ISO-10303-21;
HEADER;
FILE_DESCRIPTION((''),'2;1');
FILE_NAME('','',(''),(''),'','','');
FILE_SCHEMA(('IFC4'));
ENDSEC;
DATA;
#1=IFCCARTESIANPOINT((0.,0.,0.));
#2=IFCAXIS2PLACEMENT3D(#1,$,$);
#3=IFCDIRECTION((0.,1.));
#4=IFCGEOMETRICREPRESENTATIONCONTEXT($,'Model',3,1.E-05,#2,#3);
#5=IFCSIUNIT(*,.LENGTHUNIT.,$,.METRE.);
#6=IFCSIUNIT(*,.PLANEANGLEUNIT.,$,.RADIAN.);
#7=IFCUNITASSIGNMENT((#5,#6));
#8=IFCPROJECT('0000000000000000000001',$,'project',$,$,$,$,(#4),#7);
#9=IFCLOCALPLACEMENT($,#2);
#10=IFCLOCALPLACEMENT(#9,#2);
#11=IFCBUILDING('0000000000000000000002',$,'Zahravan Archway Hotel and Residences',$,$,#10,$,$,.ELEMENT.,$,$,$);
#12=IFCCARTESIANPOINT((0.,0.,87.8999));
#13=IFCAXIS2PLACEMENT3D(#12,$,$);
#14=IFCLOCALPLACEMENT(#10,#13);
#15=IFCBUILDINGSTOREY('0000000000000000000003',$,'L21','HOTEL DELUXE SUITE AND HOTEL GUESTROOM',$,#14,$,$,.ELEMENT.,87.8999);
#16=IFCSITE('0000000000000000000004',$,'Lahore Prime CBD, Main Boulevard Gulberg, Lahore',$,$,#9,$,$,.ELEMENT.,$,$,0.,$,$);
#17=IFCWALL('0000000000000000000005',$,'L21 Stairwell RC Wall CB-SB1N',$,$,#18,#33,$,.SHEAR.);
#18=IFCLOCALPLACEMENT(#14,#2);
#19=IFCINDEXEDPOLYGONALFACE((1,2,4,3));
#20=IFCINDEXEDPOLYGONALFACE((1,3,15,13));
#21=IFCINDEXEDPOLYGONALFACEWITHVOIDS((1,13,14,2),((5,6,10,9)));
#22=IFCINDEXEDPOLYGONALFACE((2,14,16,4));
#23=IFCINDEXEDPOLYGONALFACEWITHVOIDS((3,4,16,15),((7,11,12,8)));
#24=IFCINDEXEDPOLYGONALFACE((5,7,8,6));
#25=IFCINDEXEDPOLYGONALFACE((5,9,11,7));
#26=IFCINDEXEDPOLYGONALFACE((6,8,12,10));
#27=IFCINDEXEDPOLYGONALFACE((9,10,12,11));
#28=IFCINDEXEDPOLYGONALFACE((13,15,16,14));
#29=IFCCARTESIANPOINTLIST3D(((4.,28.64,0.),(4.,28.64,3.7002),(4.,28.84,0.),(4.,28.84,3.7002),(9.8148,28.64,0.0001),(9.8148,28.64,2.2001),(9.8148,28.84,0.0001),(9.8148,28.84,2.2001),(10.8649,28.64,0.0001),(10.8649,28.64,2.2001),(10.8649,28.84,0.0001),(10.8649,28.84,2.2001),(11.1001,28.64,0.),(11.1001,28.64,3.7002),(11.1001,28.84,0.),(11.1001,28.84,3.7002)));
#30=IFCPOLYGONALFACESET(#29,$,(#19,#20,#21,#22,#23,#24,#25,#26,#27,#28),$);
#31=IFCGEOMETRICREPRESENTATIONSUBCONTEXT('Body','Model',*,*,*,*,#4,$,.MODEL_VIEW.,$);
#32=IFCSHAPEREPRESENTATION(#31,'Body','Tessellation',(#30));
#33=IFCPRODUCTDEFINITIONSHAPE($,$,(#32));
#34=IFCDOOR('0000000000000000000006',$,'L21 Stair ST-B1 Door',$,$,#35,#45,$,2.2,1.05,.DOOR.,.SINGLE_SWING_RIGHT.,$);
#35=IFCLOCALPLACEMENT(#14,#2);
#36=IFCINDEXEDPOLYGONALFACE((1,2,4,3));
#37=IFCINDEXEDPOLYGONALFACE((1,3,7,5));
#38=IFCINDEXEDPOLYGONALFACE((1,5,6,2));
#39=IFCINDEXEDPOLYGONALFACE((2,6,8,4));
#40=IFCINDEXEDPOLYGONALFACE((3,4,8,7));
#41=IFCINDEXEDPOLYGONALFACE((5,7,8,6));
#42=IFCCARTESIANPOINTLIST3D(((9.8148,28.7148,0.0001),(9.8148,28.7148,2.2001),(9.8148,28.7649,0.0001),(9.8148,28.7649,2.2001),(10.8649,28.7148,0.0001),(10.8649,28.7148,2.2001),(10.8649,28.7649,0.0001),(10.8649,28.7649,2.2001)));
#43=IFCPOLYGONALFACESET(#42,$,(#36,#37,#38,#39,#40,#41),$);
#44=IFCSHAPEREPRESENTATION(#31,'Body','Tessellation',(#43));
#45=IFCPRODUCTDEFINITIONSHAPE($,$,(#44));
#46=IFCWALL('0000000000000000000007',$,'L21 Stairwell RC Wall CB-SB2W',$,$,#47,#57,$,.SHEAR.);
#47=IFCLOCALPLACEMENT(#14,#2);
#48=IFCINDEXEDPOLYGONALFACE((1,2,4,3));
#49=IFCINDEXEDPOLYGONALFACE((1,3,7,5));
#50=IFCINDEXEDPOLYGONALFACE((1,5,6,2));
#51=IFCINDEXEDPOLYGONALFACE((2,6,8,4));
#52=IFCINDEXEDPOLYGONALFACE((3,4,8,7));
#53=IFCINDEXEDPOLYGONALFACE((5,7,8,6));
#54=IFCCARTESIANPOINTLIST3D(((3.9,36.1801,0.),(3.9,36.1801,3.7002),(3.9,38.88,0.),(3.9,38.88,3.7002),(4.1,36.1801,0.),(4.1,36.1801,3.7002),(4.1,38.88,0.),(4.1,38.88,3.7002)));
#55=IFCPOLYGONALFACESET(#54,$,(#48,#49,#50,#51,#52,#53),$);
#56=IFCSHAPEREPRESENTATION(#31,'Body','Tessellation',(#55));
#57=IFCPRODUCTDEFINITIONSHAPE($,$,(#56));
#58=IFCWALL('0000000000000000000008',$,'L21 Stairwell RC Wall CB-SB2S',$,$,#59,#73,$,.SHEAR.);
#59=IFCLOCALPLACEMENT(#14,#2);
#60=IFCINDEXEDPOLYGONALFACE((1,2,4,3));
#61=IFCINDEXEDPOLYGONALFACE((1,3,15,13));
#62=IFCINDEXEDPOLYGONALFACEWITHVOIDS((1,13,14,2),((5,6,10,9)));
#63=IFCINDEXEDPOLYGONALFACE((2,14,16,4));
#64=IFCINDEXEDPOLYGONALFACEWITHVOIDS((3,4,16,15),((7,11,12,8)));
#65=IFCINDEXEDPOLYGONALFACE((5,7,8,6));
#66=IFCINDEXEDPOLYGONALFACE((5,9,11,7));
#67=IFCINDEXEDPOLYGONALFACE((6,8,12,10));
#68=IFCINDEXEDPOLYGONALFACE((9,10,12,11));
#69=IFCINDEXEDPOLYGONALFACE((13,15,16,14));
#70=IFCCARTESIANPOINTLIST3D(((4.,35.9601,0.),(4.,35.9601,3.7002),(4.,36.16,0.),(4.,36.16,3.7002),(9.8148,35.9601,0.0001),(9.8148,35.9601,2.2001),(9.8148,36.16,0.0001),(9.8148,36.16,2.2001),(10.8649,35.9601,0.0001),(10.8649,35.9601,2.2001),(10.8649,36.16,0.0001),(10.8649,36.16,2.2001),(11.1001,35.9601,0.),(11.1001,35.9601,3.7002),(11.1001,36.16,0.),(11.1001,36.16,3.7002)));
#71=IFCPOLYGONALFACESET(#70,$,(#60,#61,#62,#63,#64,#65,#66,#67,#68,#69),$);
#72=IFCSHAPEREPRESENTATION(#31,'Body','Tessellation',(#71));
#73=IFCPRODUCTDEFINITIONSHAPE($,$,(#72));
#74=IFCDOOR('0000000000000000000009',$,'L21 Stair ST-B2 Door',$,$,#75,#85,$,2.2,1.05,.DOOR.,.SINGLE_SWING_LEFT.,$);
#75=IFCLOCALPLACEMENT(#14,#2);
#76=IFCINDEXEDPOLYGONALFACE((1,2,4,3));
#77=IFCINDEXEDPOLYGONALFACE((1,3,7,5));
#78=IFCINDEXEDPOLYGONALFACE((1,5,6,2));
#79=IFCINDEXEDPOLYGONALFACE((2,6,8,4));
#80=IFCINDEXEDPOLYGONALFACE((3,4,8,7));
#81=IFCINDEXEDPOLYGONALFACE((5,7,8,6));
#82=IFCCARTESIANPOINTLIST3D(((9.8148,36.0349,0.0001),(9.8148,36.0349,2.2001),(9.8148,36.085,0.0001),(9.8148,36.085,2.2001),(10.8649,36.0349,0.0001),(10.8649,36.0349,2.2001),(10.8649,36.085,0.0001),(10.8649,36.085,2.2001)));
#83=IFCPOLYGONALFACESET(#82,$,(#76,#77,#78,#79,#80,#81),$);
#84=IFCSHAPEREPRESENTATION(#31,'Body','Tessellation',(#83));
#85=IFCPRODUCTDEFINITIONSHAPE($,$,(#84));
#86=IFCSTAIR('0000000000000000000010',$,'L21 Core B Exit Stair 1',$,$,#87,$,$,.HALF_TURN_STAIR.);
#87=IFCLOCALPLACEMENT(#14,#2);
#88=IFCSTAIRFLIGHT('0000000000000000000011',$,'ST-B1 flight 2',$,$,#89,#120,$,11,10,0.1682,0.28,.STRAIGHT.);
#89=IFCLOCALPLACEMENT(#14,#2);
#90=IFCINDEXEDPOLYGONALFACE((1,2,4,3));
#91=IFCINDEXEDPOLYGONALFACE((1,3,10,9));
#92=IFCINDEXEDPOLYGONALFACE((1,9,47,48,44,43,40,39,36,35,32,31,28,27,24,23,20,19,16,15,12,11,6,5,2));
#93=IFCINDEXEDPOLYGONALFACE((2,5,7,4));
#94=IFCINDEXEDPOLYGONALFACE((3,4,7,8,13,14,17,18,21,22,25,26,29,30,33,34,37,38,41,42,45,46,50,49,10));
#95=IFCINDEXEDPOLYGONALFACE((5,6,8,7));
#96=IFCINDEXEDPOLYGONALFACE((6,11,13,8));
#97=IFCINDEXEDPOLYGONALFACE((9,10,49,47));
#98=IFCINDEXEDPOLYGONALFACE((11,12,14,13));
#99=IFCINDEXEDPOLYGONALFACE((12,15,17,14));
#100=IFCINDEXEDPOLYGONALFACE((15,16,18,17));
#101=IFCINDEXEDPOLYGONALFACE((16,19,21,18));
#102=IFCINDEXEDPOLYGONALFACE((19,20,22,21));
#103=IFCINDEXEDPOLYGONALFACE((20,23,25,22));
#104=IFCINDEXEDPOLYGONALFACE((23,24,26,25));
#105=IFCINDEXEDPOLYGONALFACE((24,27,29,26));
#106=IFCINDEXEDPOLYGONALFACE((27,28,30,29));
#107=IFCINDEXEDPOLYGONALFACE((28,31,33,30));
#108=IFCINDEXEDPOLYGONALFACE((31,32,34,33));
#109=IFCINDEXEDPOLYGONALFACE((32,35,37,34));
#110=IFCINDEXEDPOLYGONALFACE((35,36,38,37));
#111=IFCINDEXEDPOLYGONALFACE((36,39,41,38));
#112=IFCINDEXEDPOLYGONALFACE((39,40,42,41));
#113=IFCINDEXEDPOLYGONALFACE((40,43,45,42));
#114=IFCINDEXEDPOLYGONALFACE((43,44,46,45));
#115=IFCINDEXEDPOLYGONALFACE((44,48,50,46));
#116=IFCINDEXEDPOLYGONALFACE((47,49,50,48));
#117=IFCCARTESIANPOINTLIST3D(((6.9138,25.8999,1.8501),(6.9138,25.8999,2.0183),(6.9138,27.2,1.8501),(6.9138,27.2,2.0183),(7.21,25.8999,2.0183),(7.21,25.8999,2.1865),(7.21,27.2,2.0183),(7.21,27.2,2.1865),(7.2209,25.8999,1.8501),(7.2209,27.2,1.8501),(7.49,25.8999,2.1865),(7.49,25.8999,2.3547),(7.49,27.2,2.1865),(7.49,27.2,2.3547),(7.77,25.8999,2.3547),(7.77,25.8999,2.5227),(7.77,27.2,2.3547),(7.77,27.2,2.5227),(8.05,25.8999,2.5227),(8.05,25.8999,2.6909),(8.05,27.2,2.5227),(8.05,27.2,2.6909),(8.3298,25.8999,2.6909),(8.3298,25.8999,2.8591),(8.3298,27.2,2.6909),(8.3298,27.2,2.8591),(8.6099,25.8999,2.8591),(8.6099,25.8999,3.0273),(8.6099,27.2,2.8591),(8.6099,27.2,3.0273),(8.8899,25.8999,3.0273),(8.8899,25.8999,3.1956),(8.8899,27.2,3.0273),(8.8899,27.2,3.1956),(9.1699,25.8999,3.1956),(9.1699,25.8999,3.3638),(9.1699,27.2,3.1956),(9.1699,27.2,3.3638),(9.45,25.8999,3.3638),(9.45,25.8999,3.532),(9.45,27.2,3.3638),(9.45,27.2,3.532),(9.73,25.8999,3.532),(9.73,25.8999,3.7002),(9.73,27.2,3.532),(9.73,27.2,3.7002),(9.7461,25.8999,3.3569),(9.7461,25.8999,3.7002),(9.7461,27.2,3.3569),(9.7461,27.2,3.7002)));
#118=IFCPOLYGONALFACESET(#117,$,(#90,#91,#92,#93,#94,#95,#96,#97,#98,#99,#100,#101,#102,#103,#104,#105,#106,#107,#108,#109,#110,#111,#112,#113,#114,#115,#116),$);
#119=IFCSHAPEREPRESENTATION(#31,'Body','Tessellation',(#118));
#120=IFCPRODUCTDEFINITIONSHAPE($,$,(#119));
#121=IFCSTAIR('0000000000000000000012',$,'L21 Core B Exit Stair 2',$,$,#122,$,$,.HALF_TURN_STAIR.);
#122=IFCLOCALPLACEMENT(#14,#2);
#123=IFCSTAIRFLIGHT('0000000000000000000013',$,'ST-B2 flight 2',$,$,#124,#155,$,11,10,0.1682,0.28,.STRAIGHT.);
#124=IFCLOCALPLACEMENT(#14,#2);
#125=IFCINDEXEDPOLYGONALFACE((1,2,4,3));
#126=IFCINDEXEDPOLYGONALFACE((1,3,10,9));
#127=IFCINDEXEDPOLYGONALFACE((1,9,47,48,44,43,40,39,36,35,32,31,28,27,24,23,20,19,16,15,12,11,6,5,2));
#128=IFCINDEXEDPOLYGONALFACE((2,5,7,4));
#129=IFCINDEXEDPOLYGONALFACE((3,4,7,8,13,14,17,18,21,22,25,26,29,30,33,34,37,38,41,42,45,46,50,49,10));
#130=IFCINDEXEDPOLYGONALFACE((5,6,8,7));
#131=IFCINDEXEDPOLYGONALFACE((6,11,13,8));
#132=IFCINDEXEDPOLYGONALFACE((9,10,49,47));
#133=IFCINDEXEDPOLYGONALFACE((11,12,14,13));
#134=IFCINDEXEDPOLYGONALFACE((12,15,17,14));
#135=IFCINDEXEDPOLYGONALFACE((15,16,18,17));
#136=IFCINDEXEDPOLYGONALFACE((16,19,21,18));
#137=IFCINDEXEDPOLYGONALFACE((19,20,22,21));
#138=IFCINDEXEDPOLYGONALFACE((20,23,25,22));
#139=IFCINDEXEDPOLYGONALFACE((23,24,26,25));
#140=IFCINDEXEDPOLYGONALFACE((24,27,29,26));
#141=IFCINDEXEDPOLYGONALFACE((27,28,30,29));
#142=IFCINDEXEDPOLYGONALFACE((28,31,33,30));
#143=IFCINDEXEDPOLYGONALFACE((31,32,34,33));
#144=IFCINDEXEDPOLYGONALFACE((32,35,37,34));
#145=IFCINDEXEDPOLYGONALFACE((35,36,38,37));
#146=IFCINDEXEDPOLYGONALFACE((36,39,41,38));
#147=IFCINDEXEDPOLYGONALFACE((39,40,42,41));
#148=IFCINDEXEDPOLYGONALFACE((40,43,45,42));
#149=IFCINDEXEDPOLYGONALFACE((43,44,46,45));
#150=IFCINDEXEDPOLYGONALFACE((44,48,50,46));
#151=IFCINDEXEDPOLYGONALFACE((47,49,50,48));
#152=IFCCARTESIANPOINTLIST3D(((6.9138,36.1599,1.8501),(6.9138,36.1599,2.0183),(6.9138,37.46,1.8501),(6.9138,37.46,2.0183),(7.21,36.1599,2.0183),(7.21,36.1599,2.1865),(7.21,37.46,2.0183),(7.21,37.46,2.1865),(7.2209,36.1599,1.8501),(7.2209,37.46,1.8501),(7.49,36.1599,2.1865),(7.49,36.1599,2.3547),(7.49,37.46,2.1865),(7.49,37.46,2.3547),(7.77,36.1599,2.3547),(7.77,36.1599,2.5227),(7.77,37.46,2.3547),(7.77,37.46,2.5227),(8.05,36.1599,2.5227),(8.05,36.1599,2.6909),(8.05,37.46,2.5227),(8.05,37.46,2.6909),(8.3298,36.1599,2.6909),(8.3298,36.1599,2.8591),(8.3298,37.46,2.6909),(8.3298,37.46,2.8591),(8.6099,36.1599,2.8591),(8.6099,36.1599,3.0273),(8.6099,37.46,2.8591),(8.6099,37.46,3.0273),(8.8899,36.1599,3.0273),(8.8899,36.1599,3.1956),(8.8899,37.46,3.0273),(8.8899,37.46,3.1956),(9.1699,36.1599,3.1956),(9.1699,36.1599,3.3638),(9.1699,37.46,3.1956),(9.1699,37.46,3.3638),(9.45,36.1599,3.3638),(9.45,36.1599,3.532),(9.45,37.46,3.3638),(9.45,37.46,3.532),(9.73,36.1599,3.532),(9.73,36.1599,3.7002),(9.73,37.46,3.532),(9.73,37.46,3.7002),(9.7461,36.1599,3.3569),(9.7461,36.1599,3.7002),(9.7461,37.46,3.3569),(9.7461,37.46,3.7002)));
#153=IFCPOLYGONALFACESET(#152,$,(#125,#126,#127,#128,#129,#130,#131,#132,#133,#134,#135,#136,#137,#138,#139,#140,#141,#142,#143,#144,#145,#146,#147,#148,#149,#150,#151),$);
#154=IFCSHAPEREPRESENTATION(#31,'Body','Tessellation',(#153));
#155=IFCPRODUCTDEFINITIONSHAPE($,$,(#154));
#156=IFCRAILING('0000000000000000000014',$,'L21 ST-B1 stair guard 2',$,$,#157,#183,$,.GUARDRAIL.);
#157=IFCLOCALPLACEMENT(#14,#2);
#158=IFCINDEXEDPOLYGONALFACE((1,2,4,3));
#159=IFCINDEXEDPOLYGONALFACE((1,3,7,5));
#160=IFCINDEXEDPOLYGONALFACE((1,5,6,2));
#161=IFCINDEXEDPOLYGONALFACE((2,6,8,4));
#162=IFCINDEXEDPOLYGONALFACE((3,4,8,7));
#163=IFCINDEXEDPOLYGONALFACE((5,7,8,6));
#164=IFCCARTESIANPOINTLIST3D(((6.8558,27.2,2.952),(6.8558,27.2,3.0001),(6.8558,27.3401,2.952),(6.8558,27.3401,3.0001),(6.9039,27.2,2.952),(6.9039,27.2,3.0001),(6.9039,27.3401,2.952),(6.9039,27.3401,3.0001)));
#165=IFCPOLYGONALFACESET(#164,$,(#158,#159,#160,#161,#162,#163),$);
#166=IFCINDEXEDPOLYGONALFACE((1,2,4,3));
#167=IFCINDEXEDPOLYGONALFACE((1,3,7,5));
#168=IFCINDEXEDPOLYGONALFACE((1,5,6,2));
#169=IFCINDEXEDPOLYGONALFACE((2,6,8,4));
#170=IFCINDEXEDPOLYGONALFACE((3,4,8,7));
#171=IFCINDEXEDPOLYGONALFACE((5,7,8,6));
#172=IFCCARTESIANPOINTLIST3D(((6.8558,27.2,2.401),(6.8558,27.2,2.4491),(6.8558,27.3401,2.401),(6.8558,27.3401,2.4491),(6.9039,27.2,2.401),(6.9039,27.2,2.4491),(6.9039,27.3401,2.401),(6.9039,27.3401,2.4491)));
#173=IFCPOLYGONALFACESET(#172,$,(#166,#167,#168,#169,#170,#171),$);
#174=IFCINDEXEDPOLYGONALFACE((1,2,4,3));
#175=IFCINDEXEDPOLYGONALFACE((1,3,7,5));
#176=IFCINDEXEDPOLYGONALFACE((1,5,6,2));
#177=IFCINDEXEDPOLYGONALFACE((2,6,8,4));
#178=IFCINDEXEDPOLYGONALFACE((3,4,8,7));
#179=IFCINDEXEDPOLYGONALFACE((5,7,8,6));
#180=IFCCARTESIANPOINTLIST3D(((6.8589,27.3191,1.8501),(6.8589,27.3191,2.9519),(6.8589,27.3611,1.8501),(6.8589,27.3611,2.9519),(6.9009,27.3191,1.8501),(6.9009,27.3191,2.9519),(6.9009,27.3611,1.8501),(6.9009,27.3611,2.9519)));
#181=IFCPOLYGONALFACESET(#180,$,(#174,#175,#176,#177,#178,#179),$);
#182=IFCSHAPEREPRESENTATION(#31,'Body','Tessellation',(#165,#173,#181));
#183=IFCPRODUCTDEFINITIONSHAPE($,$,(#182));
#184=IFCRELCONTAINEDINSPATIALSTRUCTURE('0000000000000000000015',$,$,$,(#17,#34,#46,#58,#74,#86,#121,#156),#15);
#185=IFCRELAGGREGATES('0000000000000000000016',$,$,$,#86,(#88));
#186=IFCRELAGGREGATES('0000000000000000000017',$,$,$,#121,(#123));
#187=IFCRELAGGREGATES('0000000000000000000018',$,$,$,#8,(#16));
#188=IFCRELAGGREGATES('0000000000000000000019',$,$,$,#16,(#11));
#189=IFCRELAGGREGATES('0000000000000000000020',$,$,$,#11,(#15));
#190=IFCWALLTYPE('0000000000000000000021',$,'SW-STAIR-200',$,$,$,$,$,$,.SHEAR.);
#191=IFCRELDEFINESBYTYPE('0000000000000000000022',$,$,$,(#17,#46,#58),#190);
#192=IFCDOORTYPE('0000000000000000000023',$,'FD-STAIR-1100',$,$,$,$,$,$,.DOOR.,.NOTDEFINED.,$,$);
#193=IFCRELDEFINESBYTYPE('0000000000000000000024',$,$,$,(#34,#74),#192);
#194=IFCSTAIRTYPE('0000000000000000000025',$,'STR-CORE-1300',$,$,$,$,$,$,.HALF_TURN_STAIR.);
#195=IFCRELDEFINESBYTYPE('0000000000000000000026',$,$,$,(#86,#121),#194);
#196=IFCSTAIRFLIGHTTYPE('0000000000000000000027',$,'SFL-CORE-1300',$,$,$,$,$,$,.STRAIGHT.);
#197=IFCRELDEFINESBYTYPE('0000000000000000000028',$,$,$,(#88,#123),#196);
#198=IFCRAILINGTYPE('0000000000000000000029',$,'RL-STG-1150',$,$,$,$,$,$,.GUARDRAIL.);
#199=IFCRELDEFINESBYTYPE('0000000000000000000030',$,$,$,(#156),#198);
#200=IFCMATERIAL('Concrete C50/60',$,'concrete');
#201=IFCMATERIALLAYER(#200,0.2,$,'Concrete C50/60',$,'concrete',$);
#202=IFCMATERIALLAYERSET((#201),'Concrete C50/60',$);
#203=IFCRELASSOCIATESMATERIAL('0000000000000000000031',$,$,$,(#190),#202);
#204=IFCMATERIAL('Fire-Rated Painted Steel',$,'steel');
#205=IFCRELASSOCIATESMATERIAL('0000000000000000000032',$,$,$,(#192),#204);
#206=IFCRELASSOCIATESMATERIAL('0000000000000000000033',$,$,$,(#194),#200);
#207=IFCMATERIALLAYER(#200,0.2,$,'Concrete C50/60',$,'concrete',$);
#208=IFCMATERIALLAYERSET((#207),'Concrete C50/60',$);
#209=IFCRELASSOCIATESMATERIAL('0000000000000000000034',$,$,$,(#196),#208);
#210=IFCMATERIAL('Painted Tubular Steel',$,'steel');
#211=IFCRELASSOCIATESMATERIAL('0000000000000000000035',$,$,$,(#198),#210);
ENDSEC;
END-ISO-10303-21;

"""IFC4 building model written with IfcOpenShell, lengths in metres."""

from ifc_helpers import new_model, si_unit, direction, frame, frame_2d, origin, origin_2d, place, context, subcontext, project, spatial, polyline, rectangle, outline, extrude, source, transform, mapped, material, layer, layer_set, type_object, type_shapes, element, fill, aggregate, save


model = new_model("IFC4")

# Units and contexts
model_context = context("Model", 3, precision=1e-05, world=origin(), true_north=direction((0.0, 1.0)))
body_context = subcontext(model_context, "Body", "Model", "MODEL_VIEW")
ifc_project = project(units=[si_unit("LENGTHUNIT", "METRE"), si_unit("PLANEANGLEUNIT", "RADIAN")], contexts=[model_context])

# Site, building, storey
site_placement = place(None, origin())
site = spatial("IfcSite", under=ifc_project, at=site_placement, Name="Lahore Prime CBD, Main Boulevard Gulberg, Lahore", CompositionType="ELEMENT", RefElevation=0.0)
building_placement = place(site_placement, origin())
building = spatial("IfcBuilding", under=site, at=building_placement, Name="Zahravan Archway Hotel and Residences", CompositionType="ELEMENT")
storey_placement = place(building_placement, frame((0.0, 0.0, 87.8999)))
storey = spatial("IfcBuildingStorey", under=building, at=storey_placement, Name="L21", Description="HOTEL DELUXE SUITE AND HOTEL GUESTROOM", CompositionType="ELEMENT", Elevation=87.8999)

# Shared definitions
ifc_material_1 = material(Name="Fire-Rated Painted Steel", Category="steel")

# Shared definitions
ifc_material_2 = material(Name="Concrete C50/60", Category="concrete")
ifc_layer_1 = layer(ifc_material_2, 0.2, Name="Concrete C50/60", Category="concrete")
ifc_layer_set_1 = layer_set([ifc_layer_1], Name="Concrete C50/60")
wall_type_1 = type_object("IfcWallType", Name="SW-STAIR-200", PredefinedType="SHEAR", material=ifc_layer_set_1)

# Wall, opening, door
wall_1_placement = place(storey_placement, frame((4.0, 28.74, 0.0), z_axis=(0.0, 0.0, 1.0), x_axis=(1.0, 0.0, 0.0)))
wall_1 = element("IfcWall", 1, at=wall_1_placement, inside=storey, type_object=wall_type_1, Name="L21 Stairwell RC Wall CB-SB1N", PredefinedType="SHEAR", context=body_context, shape_type="SweptSolid", body=[
    extrude(rectangle(XDim=7.1001, YDim=0.2, at=frame_2d((3.55, 0.0))), origin(), (0.0, 0.0, 1.0), 3.7002),
])
opening_1_placement = place(wall_1_placement, frame((5.8149, 0.0, 0.0)))
opening_1 = element("IfcOpeningElement", 2, at=opening_1_placement, cuts=wall_1, PredefinedType="OPENING", context=body_context, shape_type="SweptSolid", body=[
    extrude(rectangle(XDim=1.05, YDim=2.2, at=frame_2d((0.5249, 1.1001))), frame((0.0, 0.1099, 0.0), z_axis=(0.0, -1.0, 0.0), x_axis=(1.0, 0.0, 0.0)), (0.0, 0.0, 1.0), 0.22),
])
door_type_1 = type_object("IfcDoorType", Name="FD-STAIR-1100", OperationType="NOTDEFINED", PredefinedType="DOOR", material=ifc_material_1)
shared_shape_1 = source(origin(), body_context, "Body", "SweptSolid", [
    extrude(rectangle(XDim=1.05, YDim=2.2, at=frame_2d((0.5249, 1.1001))), frame((0.0, 0.0249, 0.0), z_axis=(0.0, -1.0, 0.0), x_axis=(1.0, 0.0, 0.0)), (0.0, 0.0, 1.0), 0.05),
])
type_shapes(door_type_1, [shared_shape_1])
door_1_placement = place(opening_1_placement, origin())
door_1 = element("IfcDoor", 3, at=door_1_placement, inside=storey, type_object=door_type_1, Name="L21 Stair ST-B1 Door", OperationType="SINGLE_SWING_RIGHT", OverallHeight=2.2, OverallWidth=1.05, PredefinedType="DOOR", context=body_context, shape_type="MappedRepresentation", body=[
    mapped(shared_shape_1, transform((0.0, 0.0, 0.0), scale=1.0)),
])
fill(opening_1, door_1)

# Wall
wall_2_placement = place(storey_placement, frame((4.0, 36.1799, 0.0), z_axis=(0.0, 0.0, 1.0), x_axis=(0.0, 1.0, 0.0)))
element("IfcWall", 4, at=wall_2_placement, inside=storey, type_object=wall_type_1, Name="L21 Stairwell RC Wall CB-SB2W", PredefinedType="SHEAR", context=body_context, shape_type="SweptSolid", body=[
    extrude(rectangle(XDim=2.7, YDim=0.2, at=frame_2d((1.3501, 0.0))), origin(), (0.0, 0.0, 1.0), 3.7002),
])

# Wall, opening, door
wall_3_placement = place(storey_placement, frame((4.0, 36.0601, 0.0), z_axis=(0.0, 0.0, 1.0), x_axis=(1.0, 0.0, 0.0)))
wall_3 = element("IfcWall", 5, at=wall_3_placement, inside=storey, type_object=wall_type_1, Name="L21 Stairwell RC Wall CB-SB2S", PredefinedType="SHEAR", context=body_context, shape_type="SweptSolid", body=[
    extrude(rectangle(XDim=7.1001, YDim=0.2, at=frame_2d((3.55, 0.0))), origin(), (0.0, 0.0, 1.0), 3.7002),
])
opening_2_placement = place(wall_3_placement, frame((5.8149, 0.0, 0.0)))
opening_2 = element("IfcOpeningElement", 6, at=opening_2_placement, cuts=wall_3, PredefinedType="OPENING", context=body_context, shape_type="SweptSolid", body=[
    extrude(rectangle(XDim=1.05, YDim=2.2, at=frame_2d((0.5249, 1.1001))), frame((0.0, 0.1099, 0.0), z_axis=(0.0, -1.0, 0.0), x_axis=(1.0, 0.0, 0.0)), (0.0, 0.0, 1.0), 0.22),
])
door_2_placement = place(opening_2_placement, origin())
door_2 = element("IfcDoor", 7, at=door_2_placement, inside=storey, type_object=door_type_1, Name="L21 Stair ST-B2 Door", OperationType="SINGLE_SWING_LEFT", OverallHeight=2.2, OverallWidth=1.05, PredefinedType="DOOR", context=body_context, shape_type="MappedRepresentation", body=[
    mapped(shared_shape_1, transform((0.0, 0.0, 0.0), scale=1.0)),
])
fill(opening_2, door_2)

# Stairs, stair flights
stair_type = type_object("IfcStairType", Name="STR-CORE-1300", PredefinedType="HALF_TURN_STAIR", material=ifc_material_2)
stair_1_placement = place(storey_placement, origin())
stair_1 = element("IfcStair", 8, at=stair_1_placement, inside=storey, type_object=stair_type, Name="L21 Core B Exit Stair 1", PredefinedType="HALF_TURN_STAIR")
ifc_layer_2 = layer(ifc_material_2, 0.2, Name="Concrete C50/60", Category="concrete")
ifc_layer_set_2 = layer_set([ifc_layer_2], Name="Concrete C50/60")
stair_flight_type = type_object("IfcStairFlightType", Name="SFL-CORE-1300", PredefinedType="STRAIGHT", material=ifc_layer_set_2)
shared_shape_2 = source(origin(), body_context, "Body", "SweptSolid", [
    extrude(outline(polyline([(-0.0161, 0.0), (-0.0161, 0.1682), (0.28, 0.1682), (0.28, 0.3364), (0.5601, 0.3364), (0.5601, 0.5046), (0.8401, 0.5046), (0.8401, 0.6726), (1.1201, 0.6726), (1.1201, 0.8408), (1.3999, 0.8408), (1.3999, 1.009), (1.6799, 1.009), (1.6799, 1.1772), (1.96, 1.1772), (1.96, 1.3455), (2.24, 1.3455), (2.24, 1.5137), (2.52, 1.5137), (2.52, 1.6819), (2.8, 1.6819), (2.8, 1.8501), (2.8162, 1.8501), (2.8162, 1.5068), (0.291, 0.0), (-0.0161, 0.0)])), frame((0.0, 0.6499, 0.0), z_axis=(0.0, -1.0, 0.0), x_axis=(1.0, 0.0, 0.0)), (0.0, 0.0, 1.0), 1.3),
])
stair_flight_1_placement = place(storey_placement, frame((6.9299, 26.55, 1.8501), z_axis=(0.0, 0.0, 1.0), x_axis=(1.0, 0.0, 0.0)))
stair_flight_1 = element("IfcStairFlight", 9, at=stair_flight_1_placement, type_object=stair_flight_type, Name="ST-B1 flight 2", NumberOfRisers=11, NumberOfTreads=10, PredefinedType="STRAIGHT", RiserHeight=0.1682, TreadLength=0.28, context=body_context, shape_type="MappedRepresentation", body=[
    mapped(shared_shape_2, transform((0.0, 0.0, 0.0), scale=1.0)),
])
aggregate(stair_1, [stair_flight_1])
stair_2_placement = place(storey_placement, origin())
stair_2 = element("IfcStair", 10, at=stair_2_placement, inside=storey, type_object=stair_type, Name="L21 Core B Exit Stair 2", PredefinedType="HALF_TURN_STAIR")
stair_flight_2_placement = place(storey_placement, frame((6.9299, 36.8101, 1.8501), z_axis=(0.0, 0.0, 1.0), x_axis=(1.0, 0.0, 0.0)))
stair_flight_2 = element("IfcStairFlight", 11, at=stair_flight_2_placement, type_object=stair_flight_type, Name="ST-B2 flight 2", NumberOfRisers=11, NumberOfTreads=10, PredefinedType="STRAIGHT", RiserHeight=0.1682, TreadLength=0.28, context=body_context, shape_type="MappedRepresentation", body=[
    mapped(shared_shape_2, transform((0.0, 0.0, 0.0), scale=1.0)),
])
aggregate(stair_2, [stair_flight_2])

# Railing
ifc_material_3 = material(Name="Painted Tubular Steel", Category="steel")
railing_type_1 = type_object("IfcRailingType", Name="RL-STG-1150", PredefinedType="GUARDRAIL", material=ifc_material_3)
railing_placement = place(storey_placement, frame((6.8799, 27.3401, 1.8501)))
element("IfcRailing", 12, at=railing_placement, inside=storey, type_object=railing_type_1, Name="L21 ST-B1 stair guard 2", PredefinedType="GUARDRAIL", context=body_context, shape_type="SweptSolid", body=[
    extrude(rectangle(XDim=0.0481, YDim=0.0481, at=origin_2d()), frame((0.0, 0.0, 1.126), z_axis=(0.0, -1.0, 0.0), x_axis=(1.0, 0.0, 0.0)), (0.0, 0.0, 1.0), 0.1401),
    extrude(rectangle(XDim=0.0481, YDim=0.0481, at=origin_2d()), frame((0.0, 0.0, 0.575), z_axis=(0.0, -1.0, 0.0), x_axis=(1.0, 0.0, 0.0)), (0.0, 0.0, 1.0), 0.1401),
    extrude(rectangle(XDim=0.042, YDim=0.042, at=origin_2d()), origin(), (0.0, 0.0, 1.0), 1.1018),
])

save(model, "model.ifc")
